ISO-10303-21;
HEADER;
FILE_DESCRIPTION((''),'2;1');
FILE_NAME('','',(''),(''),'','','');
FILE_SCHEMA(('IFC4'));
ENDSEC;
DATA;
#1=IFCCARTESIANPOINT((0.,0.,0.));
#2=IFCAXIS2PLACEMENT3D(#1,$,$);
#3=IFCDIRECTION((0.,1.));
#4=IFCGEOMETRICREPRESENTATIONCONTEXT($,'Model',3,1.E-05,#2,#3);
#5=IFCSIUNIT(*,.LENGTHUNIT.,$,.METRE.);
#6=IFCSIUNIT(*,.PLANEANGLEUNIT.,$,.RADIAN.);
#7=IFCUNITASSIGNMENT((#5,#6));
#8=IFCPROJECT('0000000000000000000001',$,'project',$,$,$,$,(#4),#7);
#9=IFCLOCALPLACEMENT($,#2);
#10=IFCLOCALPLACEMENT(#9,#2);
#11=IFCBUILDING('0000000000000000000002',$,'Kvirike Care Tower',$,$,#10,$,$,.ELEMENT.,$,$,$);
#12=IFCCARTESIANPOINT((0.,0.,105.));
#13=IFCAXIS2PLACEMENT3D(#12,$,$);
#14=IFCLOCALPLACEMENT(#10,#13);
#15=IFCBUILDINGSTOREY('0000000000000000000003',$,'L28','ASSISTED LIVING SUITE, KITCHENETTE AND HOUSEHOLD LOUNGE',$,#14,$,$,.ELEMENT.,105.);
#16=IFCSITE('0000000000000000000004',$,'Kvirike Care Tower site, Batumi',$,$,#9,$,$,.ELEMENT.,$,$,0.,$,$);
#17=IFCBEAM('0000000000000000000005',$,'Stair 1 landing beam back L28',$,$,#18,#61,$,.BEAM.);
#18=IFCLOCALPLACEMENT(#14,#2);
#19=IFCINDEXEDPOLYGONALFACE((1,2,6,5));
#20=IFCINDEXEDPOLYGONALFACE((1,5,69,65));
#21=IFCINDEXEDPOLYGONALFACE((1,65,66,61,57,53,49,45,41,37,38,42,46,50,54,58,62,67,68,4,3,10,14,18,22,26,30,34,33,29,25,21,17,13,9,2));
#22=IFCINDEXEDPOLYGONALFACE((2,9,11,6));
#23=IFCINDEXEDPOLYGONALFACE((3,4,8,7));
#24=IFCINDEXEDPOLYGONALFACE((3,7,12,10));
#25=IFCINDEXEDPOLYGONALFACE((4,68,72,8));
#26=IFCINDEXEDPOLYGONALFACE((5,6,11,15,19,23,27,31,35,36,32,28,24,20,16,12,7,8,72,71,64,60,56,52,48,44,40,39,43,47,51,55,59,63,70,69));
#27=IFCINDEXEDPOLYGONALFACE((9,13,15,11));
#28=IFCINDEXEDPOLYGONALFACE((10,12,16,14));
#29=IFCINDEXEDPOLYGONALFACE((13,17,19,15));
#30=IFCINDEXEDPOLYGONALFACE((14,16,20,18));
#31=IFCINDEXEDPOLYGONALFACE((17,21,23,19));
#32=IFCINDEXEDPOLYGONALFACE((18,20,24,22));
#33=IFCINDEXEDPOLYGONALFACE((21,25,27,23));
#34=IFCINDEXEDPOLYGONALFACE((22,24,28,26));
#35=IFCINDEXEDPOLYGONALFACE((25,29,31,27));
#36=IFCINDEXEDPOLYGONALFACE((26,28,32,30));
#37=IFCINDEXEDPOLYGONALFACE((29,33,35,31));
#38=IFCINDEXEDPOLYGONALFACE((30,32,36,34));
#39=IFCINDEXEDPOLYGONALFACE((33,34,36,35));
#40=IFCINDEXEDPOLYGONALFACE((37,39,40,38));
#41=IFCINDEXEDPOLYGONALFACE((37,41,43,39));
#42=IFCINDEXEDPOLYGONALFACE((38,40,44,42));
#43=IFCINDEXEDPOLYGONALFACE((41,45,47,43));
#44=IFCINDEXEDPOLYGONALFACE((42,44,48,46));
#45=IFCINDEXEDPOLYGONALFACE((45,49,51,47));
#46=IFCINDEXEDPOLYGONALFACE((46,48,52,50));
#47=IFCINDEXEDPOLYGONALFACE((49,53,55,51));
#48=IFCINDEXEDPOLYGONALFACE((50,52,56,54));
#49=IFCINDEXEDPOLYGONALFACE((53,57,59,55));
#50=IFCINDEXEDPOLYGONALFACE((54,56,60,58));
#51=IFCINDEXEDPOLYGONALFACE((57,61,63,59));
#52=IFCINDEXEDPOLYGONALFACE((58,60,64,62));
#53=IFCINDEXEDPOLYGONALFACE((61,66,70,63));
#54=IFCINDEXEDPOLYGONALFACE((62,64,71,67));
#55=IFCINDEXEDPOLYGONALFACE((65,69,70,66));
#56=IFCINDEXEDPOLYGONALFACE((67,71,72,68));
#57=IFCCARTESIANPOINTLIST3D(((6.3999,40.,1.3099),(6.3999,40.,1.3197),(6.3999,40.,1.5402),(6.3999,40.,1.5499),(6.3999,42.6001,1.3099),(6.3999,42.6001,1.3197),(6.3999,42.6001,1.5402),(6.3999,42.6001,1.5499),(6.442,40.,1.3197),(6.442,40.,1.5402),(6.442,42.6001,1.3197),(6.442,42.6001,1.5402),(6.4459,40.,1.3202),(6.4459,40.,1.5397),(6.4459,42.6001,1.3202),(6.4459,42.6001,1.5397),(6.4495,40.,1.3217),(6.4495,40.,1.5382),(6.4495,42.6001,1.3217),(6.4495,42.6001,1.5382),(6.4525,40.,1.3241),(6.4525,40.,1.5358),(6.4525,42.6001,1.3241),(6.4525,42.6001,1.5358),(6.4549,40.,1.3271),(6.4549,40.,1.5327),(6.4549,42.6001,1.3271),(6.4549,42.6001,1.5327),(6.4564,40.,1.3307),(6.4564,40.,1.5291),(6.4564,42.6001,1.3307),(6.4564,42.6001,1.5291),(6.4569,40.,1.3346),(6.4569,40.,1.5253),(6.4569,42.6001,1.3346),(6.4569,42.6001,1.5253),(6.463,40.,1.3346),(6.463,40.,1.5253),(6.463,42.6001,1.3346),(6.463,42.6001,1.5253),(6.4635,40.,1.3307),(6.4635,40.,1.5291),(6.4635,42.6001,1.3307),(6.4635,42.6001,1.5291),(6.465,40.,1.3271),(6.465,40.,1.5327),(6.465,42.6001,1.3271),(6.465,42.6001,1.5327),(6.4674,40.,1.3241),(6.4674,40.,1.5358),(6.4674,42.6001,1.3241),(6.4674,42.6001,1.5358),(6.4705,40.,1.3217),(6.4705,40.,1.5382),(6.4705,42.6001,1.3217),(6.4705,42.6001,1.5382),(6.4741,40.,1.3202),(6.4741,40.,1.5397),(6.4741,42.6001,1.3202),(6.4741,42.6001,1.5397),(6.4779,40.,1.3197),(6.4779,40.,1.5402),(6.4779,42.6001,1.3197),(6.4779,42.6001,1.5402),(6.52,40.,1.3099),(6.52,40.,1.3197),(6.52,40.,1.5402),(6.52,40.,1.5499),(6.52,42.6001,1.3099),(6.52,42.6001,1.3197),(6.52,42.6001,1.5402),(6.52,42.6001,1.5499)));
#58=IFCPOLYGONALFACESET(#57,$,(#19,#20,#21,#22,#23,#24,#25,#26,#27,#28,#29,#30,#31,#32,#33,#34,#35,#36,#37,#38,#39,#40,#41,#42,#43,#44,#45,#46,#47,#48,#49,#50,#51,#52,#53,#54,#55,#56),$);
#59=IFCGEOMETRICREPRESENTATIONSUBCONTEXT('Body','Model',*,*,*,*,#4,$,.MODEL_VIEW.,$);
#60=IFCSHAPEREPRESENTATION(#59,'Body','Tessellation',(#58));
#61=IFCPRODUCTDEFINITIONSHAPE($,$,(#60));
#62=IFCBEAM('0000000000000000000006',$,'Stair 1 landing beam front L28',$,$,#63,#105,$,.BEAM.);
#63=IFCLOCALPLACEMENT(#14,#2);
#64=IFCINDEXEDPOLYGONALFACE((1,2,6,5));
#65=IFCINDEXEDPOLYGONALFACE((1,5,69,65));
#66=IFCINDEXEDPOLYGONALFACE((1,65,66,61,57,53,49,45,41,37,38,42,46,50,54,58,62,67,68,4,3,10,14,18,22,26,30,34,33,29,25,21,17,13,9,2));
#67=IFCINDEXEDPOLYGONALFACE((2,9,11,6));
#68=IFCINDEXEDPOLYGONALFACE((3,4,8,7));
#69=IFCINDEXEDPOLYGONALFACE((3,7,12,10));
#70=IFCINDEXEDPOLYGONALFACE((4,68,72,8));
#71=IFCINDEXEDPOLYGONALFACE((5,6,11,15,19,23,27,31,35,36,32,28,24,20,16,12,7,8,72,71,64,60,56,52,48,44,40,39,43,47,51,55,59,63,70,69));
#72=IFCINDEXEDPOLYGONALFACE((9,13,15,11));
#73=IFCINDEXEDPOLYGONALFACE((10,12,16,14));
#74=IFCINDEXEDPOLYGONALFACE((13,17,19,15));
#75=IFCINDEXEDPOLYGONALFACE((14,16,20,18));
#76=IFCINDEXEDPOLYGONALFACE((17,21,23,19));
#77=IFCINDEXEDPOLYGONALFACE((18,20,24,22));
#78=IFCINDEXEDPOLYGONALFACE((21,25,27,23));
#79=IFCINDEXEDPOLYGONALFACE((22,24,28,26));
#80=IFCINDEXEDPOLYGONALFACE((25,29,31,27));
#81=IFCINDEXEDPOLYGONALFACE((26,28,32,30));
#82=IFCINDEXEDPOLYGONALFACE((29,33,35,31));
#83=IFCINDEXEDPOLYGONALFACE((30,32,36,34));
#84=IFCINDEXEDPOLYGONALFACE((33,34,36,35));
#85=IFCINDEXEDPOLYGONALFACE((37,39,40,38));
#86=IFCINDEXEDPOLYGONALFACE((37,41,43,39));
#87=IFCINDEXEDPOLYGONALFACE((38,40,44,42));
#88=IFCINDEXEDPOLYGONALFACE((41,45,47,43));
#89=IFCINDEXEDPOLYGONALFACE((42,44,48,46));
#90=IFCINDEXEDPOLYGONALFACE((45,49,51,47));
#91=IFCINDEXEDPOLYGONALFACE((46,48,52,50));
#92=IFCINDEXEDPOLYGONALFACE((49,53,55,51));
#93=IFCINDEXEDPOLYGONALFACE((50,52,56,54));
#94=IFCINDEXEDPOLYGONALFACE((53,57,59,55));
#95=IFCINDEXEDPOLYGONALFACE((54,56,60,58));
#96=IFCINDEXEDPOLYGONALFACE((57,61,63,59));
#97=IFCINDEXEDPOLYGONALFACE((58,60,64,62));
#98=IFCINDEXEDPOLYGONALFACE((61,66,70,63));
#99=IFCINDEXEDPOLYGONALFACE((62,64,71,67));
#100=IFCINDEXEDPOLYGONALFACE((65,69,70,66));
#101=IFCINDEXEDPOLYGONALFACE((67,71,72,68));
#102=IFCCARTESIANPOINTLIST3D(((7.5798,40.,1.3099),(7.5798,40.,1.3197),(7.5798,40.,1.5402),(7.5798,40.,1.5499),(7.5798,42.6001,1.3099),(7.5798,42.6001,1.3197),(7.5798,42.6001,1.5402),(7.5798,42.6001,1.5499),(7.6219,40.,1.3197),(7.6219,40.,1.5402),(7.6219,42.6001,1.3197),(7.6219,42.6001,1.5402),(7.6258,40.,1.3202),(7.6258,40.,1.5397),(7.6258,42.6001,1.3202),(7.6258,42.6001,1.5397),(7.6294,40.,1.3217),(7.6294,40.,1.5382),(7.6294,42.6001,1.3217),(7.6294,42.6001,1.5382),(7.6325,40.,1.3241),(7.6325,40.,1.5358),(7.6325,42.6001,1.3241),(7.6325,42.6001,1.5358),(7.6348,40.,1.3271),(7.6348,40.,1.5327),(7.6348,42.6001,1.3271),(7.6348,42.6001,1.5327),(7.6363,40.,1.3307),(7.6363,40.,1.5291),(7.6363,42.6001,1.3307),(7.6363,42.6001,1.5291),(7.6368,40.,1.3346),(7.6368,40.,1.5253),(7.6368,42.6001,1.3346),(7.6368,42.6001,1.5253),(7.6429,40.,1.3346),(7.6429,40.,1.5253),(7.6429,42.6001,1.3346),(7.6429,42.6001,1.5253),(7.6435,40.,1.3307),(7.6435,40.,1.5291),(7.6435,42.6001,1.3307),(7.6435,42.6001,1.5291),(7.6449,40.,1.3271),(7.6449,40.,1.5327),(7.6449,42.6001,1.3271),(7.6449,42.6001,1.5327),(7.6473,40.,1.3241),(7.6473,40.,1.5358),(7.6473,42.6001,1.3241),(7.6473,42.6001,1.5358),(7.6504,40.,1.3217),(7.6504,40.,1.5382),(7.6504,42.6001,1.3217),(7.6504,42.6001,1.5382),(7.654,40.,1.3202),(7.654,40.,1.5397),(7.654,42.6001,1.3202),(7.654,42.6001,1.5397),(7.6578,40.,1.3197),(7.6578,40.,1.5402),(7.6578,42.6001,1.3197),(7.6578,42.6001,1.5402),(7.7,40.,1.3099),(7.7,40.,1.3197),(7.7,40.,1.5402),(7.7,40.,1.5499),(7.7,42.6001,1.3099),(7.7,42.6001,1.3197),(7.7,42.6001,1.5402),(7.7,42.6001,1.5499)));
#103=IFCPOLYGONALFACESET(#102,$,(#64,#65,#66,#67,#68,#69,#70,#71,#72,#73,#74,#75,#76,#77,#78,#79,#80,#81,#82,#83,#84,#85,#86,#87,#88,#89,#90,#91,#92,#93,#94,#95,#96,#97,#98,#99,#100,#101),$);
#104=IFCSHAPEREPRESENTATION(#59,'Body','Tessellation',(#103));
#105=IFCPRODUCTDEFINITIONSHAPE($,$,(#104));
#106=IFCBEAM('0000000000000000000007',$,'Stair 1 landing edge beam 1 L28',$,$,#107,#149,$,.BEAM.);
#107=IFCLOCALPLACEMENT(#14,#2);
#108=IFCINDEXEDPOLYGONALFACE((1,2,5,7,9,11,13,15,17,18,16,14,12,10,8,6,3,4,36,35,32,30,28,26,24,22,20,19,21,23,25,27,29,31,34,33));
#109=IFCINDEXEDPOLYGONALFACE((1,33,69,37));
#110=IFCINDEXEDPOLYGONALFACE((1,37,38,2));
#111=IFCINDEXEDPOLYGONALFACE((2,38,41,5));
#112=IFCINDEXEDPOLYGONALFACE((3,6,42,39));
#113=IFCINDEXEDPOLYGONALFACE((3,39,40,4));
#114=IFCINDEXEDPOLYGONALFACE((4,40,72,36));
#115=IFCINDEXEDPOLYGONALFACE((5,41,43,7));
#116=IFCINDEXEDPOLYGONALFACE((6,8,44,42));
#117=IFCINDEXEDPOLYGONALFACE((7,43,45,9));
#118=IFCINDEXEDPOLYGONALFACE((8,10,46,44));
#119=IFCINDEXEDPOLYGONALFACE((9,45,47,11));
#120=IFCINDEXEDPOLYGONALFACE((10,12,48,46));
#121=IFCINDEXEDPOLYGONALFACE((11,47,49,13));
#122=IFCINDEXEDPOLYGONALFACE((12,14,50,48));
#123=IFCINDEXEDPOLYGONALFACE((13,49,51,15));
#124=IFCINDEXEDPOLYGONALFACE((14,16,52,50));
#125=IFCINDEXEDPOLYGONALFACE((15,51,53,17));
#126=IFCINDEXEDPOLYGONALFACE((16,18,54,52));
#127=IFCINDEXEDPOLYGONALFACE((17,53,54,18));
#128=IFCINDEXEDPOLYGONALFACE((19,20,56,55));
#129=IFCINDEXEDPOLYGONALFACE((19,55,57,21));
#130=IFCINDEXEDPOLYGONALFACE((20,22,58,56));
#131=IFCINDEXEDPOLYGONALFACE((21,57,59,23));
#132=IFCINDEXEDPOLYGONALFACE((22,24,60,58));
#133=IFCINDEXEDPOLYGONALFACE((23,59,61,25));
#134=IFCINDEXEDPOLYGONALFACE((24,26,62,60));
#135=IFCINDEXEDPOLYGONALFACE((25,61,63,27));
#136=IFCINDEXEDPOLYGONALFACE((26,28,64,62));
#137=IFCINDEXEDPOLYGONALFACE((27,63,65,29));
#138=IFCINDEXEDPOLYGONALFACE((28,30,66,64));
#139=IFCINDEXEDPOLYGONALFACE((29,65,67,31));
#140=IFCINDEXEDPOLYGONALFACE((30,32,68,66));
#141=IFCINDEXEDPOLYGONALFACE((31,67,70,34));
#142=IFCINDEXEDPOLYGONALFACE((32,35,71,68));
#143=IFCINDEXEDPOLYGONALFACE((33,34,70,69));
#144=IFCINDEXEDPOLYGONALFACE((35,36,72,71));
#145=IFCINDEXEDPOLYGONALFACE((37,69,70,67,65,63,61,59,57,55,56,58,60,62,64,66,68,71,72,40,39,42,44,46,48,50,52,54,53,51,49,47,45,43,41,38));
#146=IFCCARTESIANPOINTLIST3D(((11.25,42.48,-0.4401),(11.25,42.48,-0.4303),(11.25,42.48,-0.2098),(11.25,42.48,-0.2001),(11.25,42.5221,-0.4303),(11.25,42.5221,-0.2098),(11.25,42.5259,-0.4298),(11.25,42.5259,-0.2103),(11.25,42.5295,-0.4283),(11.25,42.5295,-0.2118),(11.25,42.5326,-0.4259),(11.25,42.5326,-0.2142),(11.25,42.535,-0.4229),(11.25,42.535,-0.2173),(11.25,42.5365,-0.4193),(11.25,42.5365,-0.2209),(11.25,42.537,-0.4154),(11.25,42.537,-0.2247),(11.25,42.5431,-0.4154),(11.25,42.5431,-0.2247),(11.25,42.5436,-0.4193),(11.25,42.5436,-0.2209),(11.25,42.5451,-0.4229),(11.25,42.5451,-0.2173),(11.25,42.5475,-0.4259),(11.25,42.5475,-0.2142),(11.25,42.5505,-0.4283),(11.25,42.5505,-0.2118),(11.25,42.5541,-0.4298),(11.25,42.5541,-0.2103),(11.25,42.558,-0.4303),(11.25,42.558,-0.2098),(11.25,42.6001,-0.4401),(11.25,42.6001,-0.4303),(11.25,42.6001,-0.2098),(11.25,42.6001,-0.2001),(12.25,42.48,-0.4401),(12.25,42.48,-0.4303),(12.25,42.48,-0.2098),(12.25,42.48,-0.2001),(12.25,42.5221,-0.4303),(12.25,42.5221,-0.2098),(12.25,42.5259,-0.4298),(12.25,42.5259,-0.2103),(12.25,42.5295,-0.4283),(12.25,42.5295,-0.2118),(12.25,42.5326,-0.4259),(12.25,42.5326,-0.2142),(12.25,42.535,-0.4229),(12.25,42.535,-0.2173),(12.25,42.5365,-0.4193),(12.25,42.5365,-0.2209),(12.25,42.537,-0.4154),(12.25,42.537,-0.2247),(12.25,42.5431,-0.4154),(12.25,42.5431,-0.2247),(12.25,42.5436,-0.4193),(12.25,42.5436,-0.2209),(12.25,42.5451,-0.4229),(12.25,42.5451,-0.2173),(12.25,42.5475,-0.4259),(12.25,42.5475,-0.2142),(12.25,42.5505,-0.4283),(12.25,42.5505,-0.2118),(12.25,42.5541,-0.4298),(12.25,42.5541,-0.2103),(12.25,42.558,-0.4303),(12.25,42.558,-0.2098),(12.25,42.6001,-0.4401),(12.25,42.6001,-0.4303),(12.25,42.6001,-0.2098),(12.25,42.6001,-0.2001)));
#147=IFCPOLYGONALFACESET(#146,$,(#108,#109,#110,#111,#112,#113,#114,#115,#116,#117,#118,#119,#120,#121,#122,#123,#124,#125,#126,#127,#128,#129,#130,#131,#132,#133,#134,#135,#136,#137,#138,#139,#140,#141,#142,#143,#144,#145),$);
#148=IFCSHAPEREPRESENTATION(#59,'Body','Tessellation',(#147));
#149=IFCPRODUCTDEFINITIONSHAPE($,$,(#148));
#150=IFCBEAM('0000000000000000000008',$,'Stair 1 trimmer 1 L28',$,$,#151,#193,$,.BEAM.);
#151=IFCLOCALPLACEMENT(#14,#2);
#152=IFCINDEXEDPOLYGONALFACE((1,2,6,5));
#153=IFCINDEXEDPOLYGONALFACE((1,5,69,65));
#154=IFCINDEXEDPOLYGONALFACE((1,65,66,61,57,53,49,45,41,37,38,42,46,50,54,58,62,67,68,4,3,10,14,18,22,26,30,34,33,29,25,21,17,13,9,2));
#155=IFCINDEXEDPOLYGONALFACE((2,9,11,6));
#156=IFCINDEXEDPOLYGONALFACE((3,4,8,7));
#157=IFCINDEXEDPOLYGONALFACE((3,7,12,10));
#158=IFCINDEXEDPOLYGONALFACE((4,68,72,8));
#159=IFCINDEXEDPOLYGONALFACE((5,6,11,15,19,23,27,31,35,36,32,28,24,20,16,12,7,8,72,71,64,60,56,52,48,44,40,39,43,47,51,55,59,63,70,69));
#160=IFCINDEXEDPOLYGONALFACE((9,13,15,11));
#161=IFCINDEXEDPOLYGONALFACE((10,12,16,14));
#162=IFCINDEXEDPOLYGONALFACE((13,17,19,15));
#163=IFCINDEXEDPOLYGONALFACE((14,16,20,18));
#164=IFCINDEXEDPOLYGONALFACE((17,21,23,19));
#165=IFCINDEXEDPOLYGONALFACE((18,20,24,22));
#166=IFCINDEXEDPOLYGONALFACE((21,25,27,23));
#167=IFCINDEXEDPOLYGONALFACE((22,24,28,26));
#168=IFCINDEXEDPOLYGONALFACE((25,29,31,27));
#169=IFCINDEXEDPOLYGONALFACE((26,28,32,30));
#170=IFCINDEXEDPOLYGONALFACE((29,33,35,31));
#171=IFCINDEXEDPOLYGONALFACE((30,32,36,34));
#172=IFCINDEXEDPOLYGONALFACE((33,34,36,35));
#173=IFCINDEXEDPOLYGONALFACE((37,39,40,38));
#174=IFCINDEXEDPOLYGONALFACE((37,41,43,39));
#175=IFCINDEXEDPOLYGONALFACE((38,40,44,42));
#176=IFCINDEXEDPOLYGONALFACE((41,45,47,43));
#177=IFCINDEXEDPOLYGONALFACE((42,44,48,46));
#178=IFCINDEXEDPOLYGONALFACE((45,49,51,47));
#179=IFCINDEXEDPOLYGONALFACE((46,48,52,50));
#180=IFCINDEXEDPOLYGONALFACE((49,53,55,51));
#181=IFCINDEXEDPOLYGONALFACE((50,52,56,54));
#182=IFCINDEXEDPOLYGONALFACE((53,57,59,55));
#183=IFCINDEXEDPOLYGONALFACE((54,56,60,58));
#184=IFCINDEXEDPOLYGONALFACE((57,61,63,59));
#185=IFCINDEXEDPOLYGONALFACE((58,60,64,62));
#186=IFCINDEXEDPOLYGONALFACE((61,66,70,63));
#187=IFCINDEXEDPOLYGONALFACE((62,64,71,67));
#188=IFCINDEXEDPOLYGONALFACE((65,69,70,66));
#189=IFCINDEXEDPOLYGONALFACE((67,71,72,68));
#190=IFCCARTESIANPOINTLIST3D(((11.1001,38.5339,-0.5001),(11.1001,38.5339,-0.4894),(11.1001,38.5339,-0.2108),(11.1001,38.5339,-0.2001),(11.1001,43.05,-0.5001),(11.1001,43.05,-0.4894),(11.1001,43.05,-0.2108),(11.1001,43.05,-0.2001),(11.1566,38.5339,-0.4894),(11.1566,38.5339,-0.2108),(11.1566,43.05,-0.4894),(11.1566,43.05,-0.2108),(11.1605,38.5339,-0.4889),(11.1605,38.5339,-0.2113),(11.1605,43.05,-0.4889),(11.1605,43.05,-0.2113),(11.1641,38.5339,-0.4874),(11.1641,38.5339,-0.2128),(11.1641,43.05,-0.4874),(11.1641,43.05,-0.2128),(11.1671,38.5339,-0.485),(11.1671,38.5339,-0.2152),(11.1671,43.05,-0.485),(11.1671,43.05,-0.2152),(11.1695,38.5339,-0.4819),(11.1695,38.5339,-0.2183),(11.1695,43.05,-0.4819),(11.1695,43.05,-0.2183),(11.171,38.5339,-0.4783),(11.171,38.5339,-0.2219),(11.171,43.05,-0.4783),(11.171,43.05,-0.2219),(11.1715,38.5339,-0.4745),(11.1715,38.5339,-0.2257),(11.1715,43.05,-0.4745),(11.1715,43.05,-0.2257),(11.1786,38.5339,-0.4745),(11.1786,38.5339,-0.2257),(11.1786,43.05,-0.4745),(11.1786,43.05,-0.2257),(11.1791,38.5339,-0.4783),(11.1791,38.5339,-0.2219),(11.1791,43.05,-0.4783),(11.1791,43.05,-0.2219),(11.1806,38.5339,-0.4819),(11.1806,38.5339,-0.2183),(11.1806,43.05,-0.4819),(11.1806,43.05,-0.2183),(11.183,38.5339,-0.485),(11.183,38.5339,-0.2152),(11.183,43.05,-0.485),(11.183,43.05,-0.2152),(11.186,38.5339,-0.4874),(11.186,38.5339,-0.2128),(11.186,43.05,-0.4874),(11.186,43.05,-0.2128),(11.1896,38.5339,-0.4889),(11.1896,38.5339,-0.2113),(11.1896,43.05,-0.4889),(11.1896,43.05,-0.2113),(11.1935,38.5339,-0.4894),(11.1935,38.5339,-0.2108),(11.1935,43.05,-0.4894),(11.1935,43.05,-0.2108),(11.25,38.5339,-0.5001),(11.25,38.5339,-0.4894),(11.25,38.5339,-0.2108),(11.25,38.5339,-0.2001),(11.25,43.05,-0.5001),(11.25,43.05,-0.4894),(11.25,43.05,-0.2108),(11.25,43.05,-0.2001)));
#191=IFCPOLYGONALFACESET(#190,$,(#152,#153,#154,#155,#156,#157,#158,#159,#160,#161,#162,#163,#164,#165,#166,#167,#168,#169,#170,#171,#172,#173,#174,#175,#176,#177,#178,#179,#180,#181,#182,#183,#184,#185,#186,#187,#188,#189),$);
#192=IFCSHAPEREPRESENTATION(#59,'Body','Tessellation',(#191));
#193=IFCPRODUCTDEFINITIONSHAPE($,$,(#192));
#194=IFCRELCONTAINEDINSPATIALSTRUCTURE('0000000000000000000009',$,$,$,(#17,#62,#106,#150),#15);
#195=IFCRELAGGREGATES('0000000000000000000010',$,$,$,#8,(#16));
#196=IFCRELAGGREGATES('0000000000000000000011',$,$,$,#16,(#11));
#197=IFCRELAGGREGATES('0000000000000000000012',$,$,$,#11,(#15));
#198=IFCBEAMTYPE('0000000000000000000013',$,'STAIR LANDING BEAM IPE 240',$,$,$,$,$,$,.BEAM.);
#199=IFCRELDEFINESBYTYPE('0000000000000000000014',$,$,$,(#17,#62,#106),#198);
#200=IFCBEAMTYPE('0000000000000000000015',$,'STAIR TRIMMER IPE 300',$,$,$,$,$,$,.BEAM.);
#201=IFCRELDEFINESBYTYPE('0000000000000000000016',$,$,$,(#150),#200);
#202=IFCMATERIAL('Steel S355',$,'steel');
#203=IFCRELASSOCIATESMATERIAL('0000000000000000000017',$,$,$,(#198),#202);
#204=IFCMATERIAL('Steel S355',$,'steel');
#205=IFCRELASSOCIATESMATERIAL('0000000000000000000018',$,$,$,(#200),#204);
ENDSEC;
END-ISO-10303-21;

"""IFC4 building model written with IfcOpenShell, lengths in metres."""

from ifc_helpers import new_model, si_unit, direction, frame, origin, origin_2d, place, context, subcontext, project, spatial, i_section, extrude, material, material_profile, profile_set, type_object, element, save


model = new_model("IFC4")

# Units and contexts
model_context = context("Model", 3, precision=1e-05, world=origin(), true_north=direction((0.0, 1.0)))
body_context = subcontext(model_context, "Body", "Model", "MODEL_VIEW")
ifc_project = project(units=[si_unit("LENGTHUNIT", "METRE"), si_unit("PLANEANGLEUNIT", "RADIAN")], contexts=[model_context])

# Site, building, storey
site_placement = place(None, origin())
site = spatial("IfcSite", under=ifc_project, at=site_placement, Name="Kvirike Care Tower site, Batumi", CompositionType="ELEMENT", RefElevation=0.0)
building_placement = place(site_placement, origin())
building = spatial("IfcBuilding", under=site, at=building_placement, Name="Kvirike Care Tower", CompositionType="ELEMENT")
storey_placement = place(building_placement, frame((0.0, 0.0, 105.0)))
storey = spatial("IfcBuildingStorey", under=building, at=storey_placement, Name="L28", Description="ASSISTED LIVING SUITE, KITCHENETTE AND HOUSEHOLD LOUNGE", CompositionType="ELEMENT", Elevation=105.0)

# Beams
ifc_material_1 = material(Name="Steel S355", Category="steel")
ifc_material_profile_1 = material_profile(ifc_material_1, i_section(OverallWidth=0.1201, OverallDepth=0.24, WebThickness=0.0061, FlangeThickness=0.0098, FilletRadius=0.0149, at=origin_2d()), Name="IPE 240")
ifc_profile_set_1 = profile_set([ifc_material_profile_1], Name="Steel S355")
beam_type_1 = type_object("IfcBeamType", Name="STAIR LANDING BEAM IPE 240", PredefinedType="BEAM", material=ifc_profile_set_1)
for number, where, z_axis, x_axis, name in (
    (1, (6.46, 42.6001, 1.4299), (0.0, -1.0, 0.0), (1.0, 0.0, 0.0), "Stair 1 landing beam back L28"),
    (2, (7.6399, 42.6001, 1.4299), (0.0, -1.0, 0.0), (1.0, 0.0, 0.0), "Stair 1 landing beam front L28"),
):
    element("IfcBeam", number, at=place(storey_placement, frame(where, z_axis=z_axis, x_axis=x_axis)), inside=storey, type_object=beam_type_1, Name=name, PredefinedType="BEAM", context=body_context, shape_type="SweptSolid", body=[
        extrude(i_section(OverallWidth=0.1201, OverallDepth=0.24, WebThickness=0.0061, FlangeThickness=0.0098, FilletRadius=0.0149, at=origin_2d()), origin(), (0.0, 0.0, 1.0), 2.6001),
    ])
beam_1_placement = place(storey_placement, frame((11.25, 42.54, -0.3201), z_axis=(1.0, 0.0, 0.0), x_axis=(0.0, 1.0, 0.0)))
element("IfcBeam", 3, at=beam_1_placement, inside=storey, type_object=beam_type_1, Name="Stair 1 landing edge beam 1 L28", PredefinedType="BEAM", context=body_context, shape_type="SweptSolid", body=[
    extrude(i_section(OverallWidth=0.1201, OverallDepth=0.24, WebThickness=0.0061, FlangeThickness=0.0098, FilletRadius=0.0149, at=origin_2d()), origin(), (0.0, 0.0, 1.0), 1.0),
])
ifc_material_2 = material(Name="Steel S355", Category="steel")
ifc_material_profile_2 = material_profile(ifc_material_2, i_section(OverallWidth=0.1499, OverallDepth=0.3, WebThickness=0.0071, FlangeThickness=0.0107, FilletRadius=0.0149, at=origin_2d()), Name="IPE 300")
ifc_profile_set_2 = profile_set([ifc_material_profile_2], Name="Steel S355")
beam_type_2 = type_object("IfcBeamType", Name="STAIR TRIMMER IPE 300", PredefinedType="BEAM", material=ifc_profile_set_2)
for number, where, z_axis, x_axis, name in (
    (4, (11.175, 43.05, -0.3501), (0.0, -1.0, 0.0), (1.0, 0.0, 0.0), "Stair 1 trimmer 1 L28"),
):
    element("IfcBeam", number, at=place(storey_placement, frame(where, z_axis=z_axis, x_axis=x_axis)), inside=storey, type_object=beam_type_2, Name=name, PredefinedType="BEAM", context=body_context, shape_type="SweptSolid", body=[
        extrude(i_section(OverallWidth=0.1499, OverallDepth=0.3, WebThickness=0.0071, FlangeThickness=0.0107, FilletRadius=0.0149, at=origin_2d()), origin(), (0.0, 0.0, 1.0), 4.5161),
    ])

save(model, "model.ifc")
